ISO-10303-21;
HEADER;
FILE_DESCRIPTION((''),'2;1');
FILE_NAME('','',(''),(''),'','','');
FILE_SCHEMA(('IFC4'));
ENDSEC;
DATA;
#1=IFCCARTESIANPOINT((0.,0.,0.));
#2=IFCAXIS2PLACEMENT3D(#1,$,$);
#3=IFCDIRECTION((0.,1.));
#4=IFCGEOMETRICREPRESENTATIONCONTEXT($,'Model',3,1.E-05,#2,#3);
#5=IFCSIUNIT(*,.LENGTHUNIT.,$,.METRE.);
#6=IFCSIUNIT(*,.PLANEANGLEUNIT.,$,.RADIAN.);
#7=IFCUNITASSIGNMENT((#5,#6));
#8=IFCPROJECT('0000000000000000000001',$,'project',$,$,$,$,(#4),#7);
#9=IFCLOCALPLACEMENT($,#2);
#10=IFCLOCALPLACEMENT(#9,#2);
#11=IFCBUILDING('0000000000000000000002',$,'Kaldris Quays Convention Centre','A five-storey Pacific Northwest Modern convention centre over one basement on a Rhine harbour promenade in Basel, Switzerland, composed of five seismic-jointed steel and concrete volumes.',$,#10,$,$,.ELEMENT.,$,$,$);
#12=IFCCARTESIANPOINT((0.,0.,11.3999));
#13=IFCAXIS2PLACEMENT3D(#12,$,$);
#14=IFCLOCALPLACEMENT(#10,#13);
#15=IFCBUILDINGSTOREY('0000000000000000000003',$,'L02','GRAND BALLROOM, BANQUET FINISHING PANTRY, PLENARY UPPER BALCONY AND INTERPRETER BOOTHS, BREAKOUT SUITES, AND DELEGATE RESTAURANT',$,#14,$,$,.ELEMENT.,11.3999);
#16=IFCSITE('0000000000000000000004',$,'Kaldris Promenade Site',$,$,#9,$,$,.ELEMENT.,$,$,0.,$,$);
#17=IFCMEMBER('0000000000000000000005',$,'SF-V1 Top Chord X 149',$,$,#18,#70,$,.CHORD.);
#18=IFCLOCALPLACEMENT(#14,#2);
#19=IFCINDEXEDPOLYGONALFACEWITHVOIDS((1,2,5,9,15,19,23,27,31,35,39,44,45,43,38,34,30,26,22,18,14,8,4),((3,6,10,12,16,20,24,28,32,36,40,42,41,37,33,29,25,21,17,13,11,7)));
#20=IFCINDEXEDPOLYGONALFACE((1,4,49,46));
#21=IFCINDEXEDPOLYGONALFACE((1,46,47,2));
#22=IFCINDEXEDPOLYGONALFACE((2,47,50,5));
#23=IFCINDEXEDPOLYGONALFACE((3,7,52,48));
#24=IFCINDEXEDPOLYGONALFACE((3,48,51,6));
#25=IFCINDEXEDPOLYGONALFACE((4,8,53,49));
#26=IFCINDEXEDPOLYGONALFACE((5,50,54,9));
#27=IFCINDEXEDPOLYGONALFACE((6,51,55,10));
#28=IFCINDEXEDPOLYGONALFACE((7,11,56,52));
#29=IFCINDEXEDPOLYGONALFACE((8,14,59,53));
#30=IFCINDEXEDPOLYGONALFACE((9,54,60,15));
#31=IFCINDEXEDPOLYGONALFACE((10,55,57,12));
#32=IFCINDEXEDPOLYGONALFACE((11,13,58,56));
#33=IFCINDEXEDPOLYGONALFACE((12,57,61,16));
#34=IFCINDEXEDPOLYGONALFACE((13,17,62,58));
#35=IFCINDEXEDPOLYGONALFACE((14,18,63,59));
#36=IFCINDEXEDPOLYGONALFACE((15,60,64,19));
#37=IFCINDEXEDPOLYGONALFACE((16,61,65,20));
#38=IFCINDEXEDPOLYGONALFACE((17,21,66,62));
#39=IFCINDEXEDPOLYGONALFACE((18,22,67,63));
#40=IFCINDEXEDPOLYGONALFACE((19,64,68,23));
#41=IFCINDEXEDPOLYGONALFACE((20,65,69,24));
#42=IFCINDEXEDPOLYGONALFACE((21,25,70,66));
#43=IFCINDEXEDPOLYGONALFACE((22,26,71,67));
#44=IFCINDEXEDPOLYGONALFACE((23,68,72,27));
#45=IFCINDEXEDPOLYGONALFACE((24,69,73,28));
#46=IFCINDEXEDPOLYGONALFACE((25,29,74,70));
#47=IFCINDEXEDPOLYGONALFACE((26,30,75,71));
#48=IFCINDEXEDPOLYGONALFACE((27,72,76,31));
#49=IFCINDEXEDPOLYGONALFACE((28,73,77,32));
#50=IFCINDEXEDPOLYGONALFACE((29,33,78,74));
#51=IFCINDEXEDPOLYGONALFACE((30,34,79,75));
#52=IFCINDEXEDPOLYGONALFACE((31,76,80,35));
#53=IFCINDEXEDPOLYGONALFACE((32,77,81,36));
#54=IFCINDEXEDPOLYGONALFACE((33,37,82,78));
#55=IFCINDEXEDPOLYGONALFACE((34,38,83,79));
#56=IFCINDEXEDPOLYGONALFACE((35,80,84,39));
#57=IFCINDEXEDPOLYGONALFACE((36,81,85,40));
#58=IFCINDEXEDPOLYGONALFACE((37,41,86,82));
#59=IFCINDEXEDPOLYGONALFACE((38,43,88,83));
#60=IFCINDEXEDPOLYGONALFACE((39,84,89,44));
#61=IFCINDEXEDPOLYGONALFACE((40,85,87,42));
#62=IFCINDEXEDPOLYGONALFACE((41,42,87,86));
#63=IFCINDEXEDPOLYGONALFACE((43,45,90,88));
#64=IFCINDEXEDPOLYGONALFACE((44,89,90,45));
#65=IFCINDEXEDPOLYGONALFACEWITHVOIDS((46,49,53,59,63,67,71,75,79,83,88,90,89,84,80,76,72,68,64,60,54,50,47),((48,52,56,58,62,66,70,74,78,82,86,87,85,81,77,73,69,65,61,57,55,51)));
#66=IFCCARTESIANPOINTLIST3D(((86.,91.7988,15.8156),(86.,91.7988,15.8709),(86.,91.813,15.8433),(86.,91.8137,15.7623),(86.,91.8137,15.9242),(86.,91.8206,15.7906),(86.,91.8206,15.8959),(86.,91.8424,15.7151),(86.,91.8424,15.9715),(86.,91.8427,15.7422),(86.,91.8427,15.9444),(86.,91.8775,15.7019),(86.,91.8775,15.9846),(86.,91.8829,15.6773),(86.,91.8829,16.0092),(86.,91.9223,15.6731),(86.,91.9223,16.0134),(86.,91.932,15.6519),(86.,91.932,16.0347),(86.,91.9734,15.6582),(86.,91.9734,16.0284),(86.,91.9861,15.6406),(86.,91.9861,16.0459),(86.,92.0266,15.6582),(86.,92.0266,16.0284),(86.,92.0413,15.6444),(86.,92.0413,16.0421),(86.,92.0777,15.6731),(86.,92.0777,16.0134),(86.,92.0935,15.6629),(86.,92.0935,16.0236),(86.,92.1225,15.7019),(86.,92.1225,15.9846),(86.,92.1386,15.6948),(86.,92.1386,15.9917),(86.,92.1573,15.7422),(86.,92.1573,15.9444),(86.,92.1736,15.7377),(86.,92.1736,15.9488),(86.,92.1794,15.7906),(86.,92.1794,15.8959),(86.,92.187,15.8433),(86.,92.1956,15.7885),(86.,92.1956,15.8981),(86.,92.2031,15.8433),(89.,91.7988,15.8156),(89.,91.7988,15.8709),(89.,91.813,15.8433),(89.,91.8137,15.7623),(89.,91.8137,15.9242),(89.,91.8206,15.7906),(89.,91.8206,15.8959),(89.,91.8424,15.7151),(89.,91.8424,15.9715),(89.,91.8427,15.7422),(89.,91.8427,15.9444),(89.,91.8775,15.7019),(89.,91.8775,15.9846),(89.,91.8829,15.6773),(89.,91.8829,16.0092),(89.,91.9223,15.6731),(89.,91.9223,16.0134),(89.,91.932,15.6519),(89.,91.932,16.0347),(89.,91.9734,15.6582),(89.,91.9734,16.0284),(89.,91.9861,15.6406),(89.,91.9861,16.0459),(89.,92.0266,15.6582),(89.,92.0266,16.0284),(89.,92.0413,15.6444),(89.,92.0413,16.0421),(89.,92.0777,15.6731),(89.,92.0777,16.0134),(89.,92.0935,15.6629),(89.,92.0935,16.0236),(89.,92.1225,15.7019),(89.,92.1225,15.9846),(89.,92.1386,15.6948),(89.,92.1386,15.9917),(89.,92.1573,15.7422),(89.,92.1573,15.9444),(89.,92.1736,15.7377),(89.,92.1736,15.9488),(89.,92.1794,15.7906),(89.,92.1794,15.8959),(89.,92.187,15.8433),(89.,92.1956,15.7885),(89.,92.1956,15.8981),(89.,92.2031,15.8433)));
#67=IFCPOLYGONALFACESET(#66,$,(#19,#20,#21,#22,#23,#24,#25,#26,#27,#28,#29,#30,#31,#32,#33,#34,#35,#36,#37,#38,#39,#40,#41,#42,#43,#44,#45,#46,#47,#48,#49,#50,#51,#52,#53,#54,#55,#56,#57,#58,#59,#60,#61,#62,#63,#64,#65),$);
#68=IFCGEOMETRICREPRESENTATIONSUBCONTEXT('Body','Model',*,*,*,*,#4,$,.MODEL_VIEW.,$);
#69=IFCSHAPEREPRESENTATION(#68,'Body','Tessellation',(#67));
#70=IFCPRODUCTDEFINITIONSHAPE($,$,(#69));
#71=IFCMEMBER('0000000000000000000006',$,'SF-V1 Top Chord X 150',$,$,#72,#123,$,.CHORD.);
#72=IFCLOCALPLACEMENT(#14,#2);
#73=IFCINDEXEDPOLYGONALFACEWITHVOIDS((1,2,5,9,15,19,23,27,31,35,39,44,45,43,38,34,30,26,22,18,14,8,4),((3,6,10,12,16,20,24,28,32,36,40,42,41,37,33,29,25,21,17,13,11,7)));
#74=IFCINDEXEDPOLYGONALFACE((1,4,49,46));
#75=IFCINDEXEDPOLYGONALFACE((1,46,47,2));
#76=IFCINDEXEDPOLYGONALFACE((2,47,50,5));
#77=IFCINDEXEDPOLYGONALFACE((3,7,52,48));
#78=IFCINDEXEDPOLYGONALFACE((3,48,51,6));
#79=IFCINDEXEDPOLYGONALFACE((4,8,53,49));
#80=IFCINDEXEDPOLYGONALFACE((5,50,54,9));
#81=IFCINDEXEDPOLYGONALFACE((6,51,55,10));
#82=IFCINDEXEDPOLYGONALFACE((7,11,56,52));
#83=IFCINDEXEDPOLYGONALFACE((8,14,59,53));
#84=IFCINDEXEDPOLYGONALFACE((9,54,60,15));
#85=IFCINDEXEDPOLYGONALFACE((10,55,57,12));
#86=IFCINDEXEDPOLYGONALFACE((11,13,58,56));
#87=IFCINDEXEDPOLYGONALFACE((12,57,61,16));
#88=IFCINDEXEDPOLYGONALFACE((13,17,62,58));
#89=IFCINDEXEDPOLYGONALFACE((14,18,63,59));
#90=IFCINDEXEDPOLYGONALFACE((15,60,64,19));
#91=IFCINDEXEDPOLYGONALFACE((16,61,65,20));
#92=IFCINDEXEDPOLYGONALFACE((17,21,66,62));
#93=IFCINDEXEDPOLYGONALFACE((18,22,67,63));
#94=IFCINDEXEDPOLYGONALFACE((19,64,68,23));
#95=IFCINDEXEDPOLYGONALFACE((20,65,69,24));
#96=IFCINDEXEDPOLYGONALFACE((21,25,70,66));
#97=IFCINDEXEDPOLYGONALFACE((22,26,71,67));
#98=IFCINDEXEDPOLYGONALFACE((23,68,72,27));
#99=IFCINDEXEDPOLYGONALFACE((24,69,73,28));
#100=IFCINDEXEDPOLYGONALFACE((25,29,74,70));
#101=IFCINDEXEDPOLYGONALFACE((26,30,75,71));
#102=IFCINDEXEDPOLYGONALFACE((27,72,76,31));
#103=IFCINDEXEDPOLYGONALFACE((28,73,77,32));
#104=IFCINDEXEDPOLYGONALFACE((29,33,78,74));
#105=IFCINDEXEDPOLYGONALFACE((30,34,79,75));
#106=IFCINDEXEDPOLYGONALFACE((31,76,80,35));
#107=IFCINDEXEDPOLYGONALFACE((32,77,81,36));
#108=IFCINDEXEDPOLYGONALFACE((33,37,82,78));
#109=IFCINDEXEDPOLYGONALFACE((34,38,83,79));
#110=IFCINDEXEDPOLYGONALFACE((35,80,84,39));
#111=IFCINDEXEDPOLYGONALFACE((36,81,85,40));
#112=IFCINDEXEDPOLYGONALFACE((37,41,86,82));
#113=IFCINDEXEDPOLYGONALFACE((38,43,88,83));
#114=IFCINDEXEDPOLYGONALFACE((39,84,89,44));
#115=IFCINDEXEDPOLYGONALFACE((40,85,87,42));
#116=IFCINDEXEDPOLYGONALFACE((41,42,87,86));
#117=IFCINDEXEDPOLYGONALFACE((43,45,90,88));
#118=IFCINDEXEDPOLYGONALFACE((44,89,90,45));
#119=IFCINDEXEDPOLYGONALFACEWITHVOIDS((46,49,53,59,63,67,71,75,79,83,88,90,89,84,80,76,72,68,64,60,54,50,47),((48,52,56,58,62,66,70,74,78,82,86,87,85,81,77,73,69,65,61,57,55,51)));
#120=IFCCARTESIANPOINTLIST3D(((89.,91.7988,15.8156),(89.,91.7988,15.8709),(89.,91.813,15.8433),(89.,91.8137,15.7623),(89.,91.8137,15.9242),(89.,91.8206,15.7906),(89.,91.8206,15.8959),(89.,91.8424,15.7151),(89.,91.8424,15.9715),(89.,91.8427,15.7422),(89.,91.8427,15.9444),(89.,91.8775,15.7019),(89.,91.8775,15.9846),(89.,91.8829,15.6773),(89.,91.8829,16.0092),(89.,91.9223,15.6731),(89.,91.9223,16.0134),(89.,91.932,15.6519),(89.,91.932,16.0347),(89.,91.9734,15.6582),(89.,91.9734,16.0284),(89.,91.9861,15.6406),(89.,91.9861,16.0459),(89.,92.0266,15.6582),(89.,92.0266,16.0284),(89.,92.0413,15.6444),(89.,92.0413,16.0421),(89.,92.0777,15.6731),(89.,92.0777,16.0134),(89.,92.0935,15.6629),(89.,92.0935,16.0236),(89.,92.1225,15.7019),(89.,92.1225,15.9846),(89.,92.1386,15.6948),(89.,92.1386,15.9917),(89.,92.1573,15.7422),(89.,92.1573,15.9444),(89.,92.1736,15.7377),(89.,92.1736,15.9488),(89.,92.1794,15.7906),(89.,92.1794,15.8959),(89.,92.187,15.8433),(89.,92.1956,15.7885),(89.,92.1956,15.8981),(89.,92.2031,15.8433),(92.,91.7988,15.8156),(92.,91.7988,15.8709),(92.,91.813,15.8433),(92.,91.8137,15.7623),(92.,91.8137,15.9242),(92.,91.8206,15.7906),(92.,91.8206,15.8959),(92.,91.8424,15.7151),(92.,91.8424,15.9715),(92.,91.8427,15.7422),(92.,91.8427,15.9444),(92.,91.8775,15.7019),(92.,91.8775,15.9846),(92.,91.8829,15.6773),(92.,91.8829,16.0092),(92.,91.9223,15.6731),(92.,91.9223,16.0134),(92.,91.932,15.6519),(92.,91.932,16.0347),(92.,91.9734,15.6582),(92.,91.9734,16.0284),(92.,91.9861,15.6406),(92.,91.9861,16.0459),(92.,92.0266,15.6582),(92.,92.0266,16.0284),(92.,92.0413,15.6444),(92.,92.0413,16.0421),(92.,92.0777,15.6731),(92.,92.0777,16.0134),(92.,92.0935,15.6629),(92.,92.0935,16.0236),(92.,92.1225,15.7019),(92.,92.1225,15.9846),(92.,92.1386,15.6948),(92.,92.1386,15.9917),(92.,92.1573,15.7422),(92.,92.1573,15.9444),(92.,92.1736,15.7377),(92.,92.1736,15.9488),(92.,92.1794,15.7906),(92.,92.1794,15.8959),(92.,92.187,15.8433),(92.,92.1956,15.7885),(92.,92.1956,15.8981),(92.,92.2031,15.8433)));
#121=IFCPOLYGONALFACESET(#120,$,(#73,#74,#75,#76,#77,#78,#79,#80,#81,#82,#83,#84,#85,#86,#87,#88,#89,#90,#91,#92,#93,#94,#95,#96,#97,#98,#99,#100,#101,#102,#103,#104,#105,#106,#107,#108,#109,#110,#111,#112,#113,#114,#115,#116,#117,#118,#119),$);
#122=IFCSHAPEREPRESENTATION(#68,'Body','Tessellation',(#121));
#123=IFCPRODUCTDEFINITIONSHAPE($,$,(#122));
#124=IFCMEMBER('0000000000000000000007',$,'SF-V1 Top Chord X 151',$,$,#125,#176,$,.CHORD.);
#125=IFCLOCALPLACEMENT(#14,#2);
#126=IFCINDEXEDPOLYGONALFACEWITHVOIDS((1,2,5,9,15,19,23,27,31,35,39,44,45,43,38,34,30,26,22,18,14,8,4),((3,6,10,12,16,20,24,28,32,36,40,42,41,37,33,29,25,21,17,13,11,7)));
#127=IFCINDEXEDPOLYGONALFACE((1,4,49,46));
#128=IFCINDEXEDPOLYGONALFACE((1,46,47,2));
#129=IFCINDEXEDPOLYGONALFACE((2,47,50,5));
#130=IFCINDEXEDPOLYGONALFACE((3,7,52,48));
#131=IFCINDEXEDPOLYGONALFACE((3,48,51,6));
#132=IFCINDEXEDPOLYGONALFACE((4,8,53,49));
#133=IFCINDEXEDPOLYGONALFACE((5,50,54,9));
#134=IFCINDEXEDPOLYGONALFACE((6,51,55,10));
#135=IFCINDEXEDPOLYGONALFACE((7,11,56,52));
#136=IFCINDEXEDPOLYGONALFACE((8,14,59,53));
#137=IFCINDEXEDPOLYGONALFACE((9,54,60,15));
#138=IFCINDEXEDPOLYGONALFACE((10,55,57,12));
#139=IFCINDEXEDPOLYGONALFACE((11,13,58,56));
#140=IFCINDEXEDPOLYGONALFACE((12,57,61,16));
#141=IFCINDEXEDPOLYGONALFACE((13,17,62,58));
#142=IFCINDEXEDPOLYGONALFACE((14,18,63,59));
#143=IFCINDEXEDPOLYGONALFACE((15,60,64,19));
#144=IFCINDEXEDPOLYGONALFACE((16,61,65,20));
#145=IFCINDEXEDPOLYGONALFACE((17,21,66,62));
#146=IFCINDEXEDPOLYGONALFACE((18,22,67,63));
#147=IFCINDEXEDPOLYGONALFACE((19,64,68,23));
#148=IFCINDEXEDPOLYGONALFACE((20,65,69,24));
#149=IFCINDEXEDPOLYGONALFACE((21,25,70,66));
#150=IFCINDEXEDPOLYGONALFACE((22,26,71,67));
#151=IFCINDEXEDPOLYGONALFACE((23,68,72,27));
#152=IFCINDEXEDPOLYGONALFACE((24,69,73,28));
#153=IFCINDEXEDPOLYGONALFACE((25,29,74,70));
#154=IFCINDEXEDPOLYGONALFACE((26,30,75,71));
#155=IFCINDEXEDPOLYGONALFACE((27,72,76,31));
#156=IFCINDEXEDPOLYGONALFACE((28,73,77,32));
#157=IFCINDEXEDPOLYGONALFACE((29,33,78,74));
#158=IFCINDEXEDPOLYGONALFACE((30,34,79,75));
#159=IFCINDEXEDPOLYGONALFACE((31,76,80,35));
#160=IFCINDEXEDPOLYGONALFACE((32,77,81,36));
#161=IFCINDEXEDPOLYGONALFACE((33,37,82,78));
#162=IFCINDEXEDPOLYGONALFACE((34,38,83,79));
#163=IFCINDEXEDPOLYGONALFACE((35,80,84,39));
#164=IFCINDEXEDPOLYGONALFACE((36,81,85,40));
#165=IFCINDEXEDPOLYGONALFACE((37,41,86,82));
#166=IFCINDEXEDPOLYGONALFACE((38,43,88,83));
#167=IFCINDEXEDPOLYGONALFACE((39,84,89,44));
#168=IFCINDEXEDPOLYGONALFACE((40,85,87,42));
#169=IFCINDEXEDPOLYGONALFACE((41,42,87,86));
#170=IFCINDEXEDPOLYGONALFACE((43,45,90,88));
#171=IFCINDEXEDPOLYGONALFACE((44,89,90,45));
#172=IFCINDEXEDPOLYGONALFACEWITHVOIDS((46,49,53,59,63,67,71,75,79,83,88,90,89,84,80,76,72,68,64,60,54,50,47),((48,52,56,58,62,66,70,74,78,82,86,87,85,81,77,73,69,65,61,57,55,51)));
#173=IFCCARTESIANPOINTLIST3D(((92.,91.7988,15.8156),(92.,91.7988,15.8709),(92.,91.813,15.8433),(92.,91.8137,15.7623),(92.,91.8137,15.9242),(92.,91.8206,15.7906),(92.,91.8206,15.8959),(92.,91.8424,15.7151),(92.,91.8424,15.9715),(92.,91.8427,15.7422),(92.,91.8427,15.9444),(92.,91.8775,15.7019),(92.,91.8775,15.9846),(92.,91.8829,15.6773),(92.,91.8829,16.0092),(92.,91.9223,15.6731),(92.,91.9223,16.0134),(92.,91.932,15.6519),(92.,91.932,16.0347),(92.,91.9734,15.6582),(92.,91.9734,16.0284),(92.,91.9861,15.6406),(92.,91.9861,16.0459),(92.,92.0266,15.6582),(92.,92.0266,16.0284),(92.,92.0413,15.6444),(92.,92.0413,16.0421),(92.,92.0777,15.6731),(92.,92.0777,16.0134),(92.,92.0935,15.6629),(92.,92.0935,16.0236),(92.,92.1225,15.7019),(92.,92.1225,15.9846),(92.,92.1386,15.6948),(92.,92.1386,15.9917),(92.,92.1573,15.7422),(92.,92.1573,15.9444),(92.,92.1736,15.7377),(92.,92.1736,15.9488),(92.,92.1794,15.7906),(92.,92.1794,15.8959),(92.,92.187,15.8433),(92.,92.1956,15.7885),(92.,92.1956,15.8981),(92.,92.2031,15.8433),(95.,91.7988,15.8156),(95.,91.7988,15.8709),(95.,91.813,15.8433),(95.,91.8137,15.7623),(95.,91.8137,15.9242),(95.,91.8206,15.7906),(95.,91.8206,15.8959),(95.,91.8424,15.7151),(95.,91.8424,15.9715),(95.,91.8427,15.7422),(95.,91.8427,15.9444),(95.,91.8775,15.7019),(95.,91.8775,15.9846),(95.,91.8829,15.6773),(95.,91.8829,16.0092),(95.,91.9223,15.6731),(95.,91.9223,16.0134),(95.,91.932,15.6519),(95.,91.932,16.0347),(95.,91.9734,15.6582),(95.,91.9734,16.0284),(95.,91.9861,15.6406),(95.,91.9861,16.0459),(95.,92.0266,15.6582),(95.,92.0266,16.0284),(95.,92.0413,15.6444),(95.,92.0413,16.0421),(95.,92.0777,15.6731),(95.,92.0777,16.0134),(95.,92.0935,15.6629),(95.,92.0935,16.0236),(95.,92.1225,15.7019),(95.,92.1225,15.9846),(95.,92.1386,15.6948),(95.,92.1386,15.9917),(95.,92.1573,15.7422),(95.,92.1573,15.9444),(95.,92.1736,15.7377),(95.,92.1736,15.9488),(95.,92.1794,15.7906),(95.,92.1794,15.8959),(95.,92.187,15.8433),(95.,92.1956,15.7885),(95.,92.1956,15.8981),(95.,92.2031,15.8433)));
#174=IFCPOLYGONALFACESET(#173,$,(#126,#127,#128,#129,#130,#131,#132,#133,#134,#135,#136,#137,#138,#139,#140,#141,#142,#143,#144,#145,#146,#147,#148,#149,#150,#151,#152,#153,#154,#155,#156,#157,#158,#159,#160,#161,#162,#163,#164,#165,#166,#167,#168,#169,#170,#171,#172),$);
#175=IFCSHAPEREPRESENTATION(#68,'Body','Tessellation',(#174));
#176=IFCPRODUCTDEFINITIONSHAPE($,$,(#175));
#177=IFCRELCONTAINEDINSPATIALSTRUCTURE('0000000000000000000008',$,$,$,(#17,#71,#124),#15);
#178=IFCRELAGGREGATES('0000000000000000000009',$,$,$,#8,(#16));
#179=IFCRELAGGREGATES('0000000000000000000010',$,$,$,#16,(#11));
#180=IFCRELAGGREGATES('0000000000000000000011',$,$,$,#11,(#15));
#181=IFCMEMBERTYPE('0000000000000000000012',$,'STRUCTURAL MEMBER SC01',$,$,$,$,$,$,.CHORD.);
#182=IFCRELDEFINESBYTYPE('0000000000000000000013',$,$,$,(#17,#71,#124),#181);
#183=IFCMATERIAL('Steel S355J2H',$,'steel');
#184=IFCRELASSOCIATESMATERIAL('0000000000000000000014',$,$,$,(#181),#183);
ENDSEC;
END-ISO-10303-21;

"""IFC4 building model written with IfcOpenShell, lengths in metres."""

from ifc_helpers import new_model, si_unit, direction, frame, origin, origin_2d, place, context, subcontext, project, spatial, hollow_circle, extrude, material, material_profile, profile_set, type_object, element, save


model = new_model("IFC4")

# Units and contexts
model_context = context("Model", 3, precision=1e-05, world=origin(), true_north=direction((0.0, 1.0)))
body_context = subcontext(model_context, "Body", "Model", "MODEL_VIEW")
ifc_project = project(units=[si_unit("LENGTHUNIT", "METRE"), si_unit("PLANEANGLEUNIT", "RADIAN")], contexts=[model_context])

# Site, building, storey
site_placement = place(None, origin())
site = spatial("IfcSite", under=ifc_project, at=site_placement, Name="Kaldris Promenade Site", CompositionType="ELEMENT", RefElevation=0.0)
building_placement = place(site_placement, origin())
building = spatial("IfcBuilding", under=site, at=building_placement, Name="Kaldris Quays Convention Centre", Description="A five-storey Pacific Northwest Modern convention centre over one basement on a Rhine harbour promenade in Basel, Switzerland, composed of five seismic-jointed steel and concrete volumes.", CompositionType="ELEMENT")
storey_placement = place(building_placement, frame((0.0, 0.0, 11.3999)))
storey = spatial("IfcBuildingStorey", under=building, at=storey_placement, Name="L02", Description="GRAND BALLROOM, BANQUET FINISHING PANTRY, PLENARY UPPER BALCONY AND INTERPRETER BOOTHS, BREAKOUT SUITES, AND DELEGATE RESTAURANT", CompositionType="ELEMENT", Elevation=11.3999)

# Members
ifc_material_1 = material(Name="Steel S355J2H", Category="steel")
ifc_material_profile_1 = material_profile(ifc_material_1, hollow_circle(Radius=0.2031, WallThickness=0.0161, at=origin_2d()), Name="CHS 406.4x16")
ifc_profile_set_1 = profile_set([ifc_material_profile_1], Name="Steel S355J2H")
member_type_1 = type_object("IfcMemberType", Name="STRUCTURAL MEMBER SC01", PredefinedType="CHORD", material=ifc_profile_set_1)
for number, where, z_axis, x_axis, name in (
    (1, (86.0, 92.0, 15.8433), (1.0, 0.0, 0.0), (0.0, 1.0, 0.0), "SF-V1 Top Chord X 149"),
    (2, (89.0, 92.0, 15.8433), (1.0, 0.0, 0.0), (0.0, 1.0, 0.0), "SF-V1 Top Chord X 150"),
    (3, (92.0, 92.0, 15.8433), (1.0, 0.0, 0.0), (0.0, 1.0, 0.0), "SF-V1 Top Chord X 151"),
):
    element("IfcMember", number, at=place(storey_placement, frame(where, z_axis=z_axis, x_axis=x_axis)), inside=storey, type_object=member_type_1, Name=name, PredefinedType="CHORD", context=body_context, shape_type="SweptSolid", body=[
        extrude(hollow_circle(Radius=0.2031, WallThickness=0.0161, at=origin_2d()), origin(), (0.0, 0.0, 1.0), 3.0),
    ])

save(model, "model.ifc")
